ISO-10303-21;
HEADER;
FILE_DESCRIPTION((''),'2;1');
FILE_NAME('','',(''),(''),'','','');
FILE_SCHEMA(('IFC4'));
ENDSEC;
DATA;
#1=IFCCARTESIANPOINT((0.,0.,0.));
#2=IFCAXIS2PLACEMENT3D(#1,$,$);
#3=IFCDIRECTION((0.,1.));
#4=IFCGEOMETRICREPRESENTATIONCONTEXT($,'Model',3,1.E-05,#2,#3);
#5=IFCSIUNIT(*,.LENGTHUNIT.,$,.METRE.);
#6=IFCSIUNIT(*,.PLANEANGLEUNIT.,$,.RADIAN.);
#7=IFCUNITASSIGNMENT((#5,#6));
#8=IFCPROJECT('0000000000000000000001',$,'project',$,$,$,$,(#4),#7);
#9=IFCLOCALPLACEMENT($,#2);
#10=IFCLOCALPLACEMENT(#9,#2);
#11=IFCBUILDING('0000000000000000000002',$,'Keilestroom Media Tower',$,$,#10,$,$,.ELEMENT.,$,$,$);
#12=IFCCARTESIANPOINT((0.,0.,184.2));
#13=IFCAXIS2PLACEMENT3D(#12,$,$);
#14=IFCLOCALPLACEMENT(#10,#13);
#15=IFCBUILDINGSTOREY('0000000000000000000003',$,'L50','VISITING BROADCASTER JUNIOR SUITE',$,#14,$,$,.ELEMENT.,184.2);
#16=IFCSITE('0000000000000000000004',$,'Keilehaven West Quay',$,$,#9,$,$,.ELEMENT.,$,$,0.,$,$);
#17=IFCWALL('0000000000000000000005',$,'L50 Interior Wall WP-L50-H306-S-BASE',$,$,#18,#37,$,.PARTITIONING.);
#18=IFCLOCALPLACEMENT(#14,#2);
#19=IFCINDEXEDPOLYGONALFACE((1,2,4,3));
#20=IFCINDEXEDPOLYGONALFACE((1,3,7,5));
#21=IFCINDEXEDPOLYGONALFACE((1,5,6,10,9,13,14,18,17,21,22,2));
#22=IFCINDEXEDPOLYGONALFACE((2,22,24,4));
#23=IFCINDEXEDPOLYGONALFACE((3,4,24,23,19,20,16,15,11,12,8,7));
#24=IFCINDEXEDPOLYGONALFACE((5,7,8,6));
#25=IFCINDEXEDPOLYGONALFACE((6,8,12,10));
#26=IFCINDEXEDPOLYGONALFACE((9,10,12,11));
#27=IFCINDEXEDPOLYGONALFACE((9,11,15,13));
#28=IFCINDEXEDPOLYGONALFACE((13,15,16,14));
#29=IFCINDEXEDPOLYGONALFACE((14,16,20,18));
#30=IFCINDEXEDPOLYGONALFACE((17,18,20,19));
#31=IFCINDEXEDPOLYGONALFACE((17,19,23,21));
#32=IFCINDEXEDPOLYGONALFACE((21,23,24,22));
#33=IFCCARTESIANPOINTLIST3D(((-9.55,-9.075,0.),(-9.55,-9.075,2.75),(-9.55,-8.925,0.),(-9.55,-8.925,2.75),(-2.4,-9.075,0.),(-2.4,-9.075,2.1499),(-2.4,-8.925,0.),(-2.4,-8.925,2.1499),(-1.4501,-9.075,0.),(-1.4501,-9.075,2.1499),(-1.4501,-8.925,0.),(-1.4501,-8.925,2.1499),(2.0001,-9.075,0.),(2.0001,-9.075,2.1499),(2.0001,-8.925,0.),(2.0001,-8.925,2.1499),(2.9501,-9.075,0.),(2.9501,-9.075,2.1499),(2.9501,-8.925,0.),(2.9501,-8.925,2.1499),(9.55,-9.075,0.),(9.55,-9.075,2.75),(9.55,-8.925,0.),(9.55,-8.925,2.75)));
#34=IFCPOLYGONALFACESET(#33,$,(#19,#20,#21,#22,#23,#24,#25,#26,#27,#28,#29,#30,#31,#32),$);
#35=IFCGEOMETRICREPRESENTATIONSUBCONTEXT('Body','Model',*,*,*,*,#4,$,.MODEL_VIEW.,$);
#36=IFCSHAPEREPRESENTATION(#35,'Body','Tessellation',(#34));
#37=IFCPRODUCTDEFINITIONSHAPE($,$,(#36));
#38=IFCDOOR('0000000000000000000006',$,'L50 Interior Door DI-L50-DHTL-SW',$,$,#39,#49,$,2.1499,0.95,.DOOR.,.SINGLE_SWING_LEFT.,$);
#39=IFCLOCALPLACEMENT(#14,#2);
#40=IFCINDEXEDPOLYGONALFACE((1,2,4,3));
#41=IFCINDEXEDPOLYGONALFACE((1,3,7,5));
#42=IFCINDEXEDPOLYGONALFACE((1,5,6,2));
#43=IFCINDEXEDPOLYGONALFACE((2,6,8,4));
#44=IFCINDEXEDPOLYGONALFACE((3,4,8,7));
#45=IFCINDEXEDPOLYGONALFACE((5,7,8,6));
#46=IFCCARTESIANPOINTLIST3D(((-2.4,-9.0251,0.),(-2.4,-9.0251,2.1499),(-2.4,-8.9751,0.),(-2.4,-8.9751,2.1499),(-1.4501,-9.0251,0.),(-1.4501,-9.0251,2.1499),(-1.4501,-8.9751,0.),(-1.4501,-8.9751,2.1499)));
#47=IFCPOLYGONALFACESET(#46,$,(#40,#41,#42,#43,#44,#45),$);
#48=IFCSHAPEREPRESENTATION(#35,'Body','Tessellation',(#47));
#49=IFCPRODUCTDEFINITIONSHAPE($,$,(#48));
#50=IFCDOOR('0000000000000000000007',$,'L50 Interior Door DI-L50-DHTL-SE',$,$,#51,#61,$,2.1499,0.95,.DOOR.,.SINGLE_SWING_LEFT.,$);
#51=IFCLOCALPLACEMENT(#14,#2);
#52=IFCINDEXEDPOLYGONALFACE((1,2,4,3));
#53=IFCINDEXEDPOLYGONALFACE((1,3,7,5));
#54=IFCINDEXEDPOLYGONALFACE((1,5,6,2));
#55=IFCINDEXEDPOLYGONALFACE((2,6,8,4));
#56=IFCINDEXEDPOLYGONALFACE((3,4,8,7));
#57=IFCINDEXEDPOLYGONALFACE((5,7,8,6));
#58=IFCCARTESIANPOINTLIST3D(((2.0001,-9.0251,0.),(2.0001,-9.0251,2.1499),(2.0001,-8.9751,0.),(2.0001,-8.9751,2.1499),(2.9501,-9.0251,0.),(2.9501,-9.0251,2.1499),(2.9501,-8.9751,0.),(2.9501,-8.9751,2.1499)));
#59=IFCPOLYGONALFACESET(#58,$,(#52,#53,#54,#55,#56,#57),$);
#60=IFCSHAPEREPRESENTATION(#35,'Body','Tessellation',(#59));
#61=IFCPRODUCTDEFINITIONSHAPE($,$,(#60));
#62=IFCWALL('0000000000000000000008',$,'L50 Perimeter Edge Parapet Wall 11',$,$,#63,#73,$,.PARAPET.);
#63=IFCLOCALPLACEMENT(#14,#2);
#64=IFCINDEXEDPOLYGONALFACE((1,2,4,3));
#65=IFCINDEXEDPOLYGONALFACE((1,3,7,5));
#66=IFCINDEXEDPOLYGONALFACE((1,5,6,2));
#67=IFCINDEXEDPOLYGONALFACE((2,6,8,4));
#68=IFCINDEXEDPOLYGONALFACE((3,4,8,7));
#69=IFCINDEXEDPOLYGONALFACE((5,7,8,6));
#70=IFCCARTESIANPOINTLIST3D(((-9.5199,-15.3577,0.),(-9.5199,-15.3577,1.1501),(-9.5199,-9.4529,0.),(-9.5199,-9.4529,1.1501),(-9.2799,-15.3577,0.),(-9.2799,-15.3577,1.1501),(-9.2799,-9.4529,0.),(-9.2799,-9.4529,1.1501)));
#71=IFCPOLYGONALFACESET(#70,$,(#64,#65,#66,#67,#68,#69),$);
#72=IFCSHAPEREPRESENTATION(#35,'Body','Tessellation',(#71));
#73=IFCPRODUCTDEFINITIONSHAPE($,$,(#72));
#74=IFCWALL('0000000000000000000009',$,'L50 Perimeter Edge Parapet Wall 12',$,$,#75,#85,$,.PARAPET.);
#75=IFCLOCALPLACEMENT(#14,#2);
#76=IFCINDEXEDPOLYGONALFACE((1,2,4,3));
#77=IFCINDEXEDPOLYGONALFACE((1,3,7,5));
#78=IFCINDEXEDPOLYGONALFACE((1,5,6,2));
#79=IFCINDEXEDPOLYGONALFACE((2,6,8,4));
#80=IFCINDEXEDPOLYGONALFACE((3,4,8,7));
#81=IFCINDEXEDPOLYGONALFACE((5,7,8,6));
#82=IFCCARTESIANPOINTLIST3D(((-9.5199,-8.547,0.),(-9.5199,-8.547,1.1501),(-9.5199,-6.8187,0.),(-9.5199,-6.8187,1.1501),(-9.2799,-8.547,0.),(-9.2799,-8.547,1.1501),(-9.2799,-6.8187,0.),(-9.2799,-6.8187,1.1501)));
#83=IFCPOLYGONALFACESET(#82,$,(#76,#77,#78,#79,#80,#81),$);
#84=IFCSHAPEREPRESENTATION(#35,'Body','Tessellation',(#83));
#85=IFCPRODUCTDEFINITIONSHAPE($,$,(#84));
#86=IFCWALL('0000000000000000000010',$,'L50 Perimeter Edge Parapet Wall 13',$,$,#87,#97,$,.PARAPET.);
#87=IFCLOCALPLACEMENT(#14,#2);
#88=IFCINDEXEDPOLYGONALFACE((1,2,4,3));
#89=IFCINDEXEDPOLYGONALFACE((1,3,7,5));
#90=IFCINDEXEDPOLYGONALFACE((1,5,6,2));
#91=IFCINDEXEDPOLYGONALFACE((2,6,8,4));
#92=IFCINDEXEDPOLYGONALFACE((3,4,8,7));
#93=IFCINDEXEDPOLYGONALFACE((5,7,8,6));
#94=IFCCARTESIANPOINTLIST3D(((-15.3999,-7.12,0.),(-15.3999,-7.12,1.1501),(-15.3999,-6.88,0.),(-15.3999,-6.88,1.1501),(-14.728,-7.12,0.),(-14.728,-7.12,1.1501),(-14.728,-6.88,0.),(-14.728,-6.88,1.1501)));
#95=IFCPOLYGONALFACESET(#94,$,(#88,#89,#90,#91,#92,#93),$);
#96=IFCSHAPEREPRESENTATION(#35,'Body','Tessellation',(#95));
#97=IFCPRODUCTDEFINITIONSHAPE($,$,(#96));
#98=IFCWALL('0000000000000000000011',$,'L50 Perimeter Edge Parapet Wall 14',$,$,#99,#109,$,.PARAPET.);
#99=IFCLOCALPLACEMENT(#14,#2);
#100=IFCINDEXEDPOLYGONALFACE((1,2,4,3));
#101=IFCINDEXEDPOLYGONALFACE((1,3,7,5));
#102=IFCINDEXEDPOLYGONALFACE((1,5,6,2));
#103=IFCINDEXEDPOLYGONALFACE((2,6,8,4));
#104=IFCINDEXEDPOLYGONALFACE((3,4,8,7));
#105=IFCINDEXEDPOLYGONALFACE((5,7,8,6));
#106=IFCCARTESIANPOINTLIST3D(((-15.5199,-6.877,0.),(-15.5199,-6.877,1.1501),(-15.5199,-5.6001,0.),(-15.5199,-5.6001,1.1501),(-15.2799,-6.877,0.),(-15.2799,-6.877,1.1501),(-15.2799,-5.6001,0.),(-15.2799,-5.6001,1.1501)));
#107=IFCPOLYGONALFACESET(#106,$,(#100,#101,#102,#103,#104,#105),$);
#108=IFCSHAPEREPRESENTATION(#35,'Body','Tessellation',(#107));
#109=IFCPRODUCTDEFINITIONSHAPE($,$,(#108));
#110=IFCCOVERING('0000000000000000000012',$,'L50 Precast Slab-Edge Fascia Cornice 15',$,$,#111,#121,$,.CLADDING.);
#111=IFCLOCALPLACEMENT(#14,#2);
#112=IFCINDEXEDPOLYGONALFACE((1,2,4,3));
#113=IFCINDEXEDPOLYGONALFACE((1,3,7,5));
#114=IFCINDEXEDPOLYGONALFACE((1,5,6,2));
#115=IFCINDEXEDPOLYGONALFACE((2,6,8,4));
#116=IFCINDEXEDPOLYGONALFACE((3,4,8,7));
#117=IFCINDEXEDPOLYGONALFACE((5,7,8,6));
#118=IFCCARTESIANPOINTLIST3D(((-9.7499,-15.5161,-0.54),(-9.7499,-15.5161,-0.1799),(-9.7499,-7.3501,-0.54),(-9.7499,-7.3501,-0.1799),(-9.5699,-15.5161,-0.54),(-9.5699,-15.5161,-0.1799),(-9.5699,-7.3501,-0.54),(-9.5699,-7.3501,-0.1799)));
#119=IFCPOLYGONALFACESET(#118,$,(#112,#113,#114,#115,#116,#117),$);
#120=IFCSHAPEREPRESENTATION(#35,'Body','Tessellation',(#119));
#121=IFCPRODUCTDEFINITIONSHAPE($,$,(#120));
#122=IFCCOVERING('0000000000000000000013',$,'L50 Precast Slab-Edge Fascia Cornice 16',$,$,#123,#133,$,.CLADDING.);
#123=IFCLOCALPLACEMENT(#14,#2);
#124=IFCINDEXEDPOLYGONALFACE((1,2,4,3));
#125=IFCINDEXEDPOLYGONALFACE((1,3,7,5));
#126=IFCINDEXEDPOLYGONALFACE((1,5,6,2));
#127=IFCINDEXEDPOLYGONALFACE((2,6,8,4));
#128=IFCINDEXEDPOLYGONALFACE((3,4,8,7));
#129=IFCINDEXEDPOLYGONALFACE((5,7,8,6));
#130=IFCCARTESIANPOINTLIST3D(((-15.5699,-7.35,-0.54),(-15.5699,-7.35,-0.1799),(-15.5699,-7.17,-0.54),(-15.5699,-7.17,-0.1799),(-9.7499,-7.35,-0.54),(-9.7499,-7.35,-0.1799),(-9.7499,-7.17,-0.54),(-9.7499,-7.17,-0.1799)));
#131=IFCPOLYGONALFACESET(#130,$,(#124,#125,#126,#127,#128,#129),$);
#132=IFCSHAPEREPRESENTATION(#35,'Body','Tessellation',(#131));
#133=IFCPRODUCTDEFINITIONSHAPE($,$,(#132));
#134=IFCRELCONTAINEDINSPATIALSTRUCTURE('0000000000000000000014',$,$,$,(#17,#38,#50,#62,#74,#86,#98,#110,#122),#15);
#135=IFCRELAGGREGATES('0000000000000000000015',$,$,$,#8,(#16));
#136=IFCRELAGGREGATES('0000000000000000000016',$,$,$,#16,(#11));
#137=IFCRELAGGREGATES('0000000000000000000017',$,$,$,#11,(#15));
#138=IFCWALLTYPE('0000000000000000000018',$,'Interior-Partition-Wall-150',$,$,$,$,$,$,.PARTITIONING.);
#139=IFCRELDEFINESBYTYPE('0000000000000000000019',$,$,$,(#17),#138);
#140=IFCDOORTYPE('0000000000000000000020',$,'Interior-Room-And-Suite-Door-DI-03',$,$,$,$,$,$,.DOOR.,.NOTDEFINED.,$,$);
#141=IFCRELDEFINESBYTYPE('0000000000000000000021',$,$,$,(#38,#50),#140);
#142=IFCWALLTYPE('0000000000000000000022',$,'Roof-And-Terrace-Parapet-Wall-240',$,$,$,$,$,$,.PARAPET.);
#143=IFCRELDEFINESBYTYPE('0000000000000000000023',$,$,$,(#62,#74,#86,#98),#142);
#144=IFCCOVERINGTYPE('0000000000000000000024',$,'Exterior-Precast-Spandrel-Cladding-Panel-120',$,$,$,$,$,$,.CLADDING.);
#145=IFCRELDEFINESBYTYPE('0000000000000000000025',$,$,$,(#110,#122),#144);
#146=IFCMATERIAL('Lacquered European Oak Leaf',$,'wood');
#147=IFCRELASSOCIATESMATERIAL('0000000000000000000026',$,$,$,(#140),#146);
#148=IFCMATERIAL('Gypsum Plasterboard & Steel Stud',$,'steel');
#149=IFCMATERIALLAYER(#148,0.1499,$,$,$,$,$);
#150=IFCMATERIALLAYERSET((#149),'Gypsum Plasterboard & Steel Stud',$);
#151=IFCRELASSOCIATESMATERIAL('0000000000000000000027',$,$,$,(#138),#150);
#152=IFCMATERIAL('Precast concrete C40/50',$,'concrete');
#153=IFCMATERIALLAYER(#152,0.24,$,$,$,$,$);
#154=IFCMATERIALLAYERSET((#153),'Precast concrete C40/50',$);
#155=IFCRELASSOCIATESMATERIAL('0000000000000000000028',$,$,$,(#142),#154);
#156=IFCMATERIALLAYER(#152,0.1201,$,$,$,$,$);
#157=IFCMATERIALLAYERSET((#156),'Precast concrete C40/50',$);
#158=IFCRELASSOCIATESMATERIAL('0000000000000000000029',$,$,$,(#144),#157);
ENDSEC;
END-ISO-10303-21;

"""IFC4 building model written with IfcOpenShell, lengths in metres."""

from ifc_helpers import new_model, si_unit, direction, frame, frame_2d, origin, origin_2d, place, context, subcontext, project, spatial, rectangle, extrude, source, transform, mapped, material, layer, layer_set, type_object, element, fill, save


model = new_model("IFC4")

# Units and contexts
model_context = context("Model", 3, precision=1e-05, world=origin(), true_north=direction((0.0, 1.0)))
body_context = subcontext(model_context, "Body", "Model", "MODEL_VIEW")
ifc_project = project(units=[si_unit("LENGTHUNIT", "METRE"), si_unit("PLANEANGLEUNIT", "RADIAN")], contexts=[model_context])

# Site, building, storey
site_placement = place(None, origin())
site = spatial("IfcSite", under=ifc_project, at=site_placement, Name="Keilehaven West Quay", CompositionType="ELEMENT", RefElevation=0.0)
building_placement = place(site_placement, origin())
building = spatial("IfcBuilding", under=site, at=building_placement, Name="Keilestroom Media Tower", CompositionType="ELEMENT")
storey_placement = place(building_placement, frame((0.0, 0.0, 184.2)))
storey = spatial("IfcBuildingStorey", under=building, at=storey_placement, Name="L50", Description="VISITING BROADCASTER JUNIOR SUITE", CompositionType="ELEMENT", Elevation=184.2)

# Shared definitions
ifc_material_1 = material(Name="Precast concrete C40/50", Category="concrete")

# Shared definitions
ifc_material_2 = material(Name="Gypsum Plasterboard & Steel Stud", Category="steel")

# Shared definitions
ifc_material_3 = material(Name="Lacquered European Oak Leaf", Category="wood")
door_type_1 = type_object("IfcDoorType", Name="Interior-Room-And-Suite-Door-DI-03", OperationType="NOTDEFINED", PredefinedType="DOOR", material=ifc_material_3)
shared_shape_1 = source(origin(), body_context, "Body", "SweptSolid", [
    extrude(rectangle(XDim=0.95, YDim=2.1499, at=frame_2d((0.4751, 1.075))), frame((0.0, 0.0249, 0.0), z_axis=(0.0, -1.0, 0.0), x_axis=(1.0, 0.0, 0.0)), (0.0, 0.0, 1.0), 0.05),
])

# Wall, openings, doors
ifc_layer_1 = layer(ifc_material_2, 0.1499)
ifc_layer_set_1 = layer_set([ifc_layer_1], Name="Gypsum Plasterboard & Steel Stud")
wall_type_1 = type_object("IfcWallType", Name="Interior-Partition-Wall-150", PredefinedType="PARTITIONING", material=ifc_layer_set_1)
wall_1_placement = place(storey_placement, frame((-9.55, -9.0, 0.0), z_axis=(0.0, 0.0, 1.0), x_axis=(1.0, 0.0, 0.0)))
wall_1 = element("IfcWall", 1, at=wall_1_placement, inside=storey, type_object=wall_type_1, Name="L50 Interior Wall WP-L50-H306-S-BASE", PredefinedType="PARTITIONING", context=body_context, shape_type="SweptSolid", body=[
    extrude(rectangle(XDim=19.1001, YDim=0.1499, at=frame_2d((9.55, 0.0))), origin(), (0.0, 0.0, 1.0), 2.75),
])
opening_1_placement = place(wall_1_placement, frame((7.1499, 0.0, 0.0)))
opening_1 = element("IfcOpeningElement", 2, at=opening_1_placement, cuts=wall_1, PredefinedType="OPENING", context=body_context, shape_type="SweptSolid", body=[
    extrude(rectangle(XDim=0.95, YDim=2.1499, at=frame_2d((0.4751, 1.075))), frame((0.0, 0.085, 0.0), z_axis=(0.0, -1.0, 0.0), x_axis=(1.0, 0.0, 0.0)), (0.0, 0.0, 1.0), 0.1699),
])
opening_2_placement = place(wall_1_placement, frame((11.55, 0.0, 0.0)))
opening_2 = element("IfcOpeningElement", 3, at=opening_2_placement, cuts=wall_1, PredefinedType="OPENING", context=body_context, shape_type="SweptSolid", body=[
    extrude(rectangle(XDim=0.95, YDim=2.1499, at=frame_2d((0.4751, 1.075))), frame((0.0, 0.085, 0.0), z_axis=(0.0, -1.0, 0.0), x_axis=(1.0, 0.0, 0.0)), (0.0, 0.0, 1.0), 0.1699),
])
door_1_placement = place(opening_1_placement, origin())
door_1 = element("IfcDoor", 4, at=door_1_placement, inside=storey, type_object=door_type_1, Name="L50 Interior Door DI-L50-DHTL-SW", OperationType="SINGLE_SWING_LEFT", OverallHeight=2.1499, OverallWidth=0.95, PredefinedType="DOOR", context=body_context, shape_type="MappedRepresentation", body=[
    mapped(shared_shape_1, transform((0.0, 0.0, 0.0), x_axis=(1.0, 0.0, 0.0), y_axis=(0.0, 1.0, 0.0), z_axis=(0.0, 0.0, 1.0), scale=1.0)),
])
fill(opening_1, door_1)
door_2_placement = place(opening_2_placement, origin())
door_2 = element("IfcDoor", 5, at=door_2_placement, inside=storey, type_object=door_type_1, Name="L50 Interior Door DI-L50-DHTL-SE", OperationType="SINGLE_SWING_LEFT", OverallHeight=2.1499, OverallWidth=0.95, PredefinedType="DOOR", context=body_context, shape_type="MappedRepresentation", body=[
    mapped(shared_shape_1, transform((0.0, 0.0, 0.0), x_axis=(1.0, 0.0, 0.0), y_axis=(0.0, 1.0, 0.0), z_axis=(0.0, 0.0, 1.0), scale=1.0)),
])
fill(opening_2, door_2)

# Walls
ifc_layer_2 = layer(ifc_material_1, 0.24)
ifc_layer_set_2 = layer_set([ifc_layer_2], Name="Precast concrete C40/50")
wall_type_2 = type_object("IfcWallType", Name="Roof-And-Terrace-Parapet-Wall-240", PredefinedType="PARAPET", material=ifc_layer_set_2)
wall_2_placement = place(storey_placement, frame((-9.3999, -15.3577, 0.0), z_axis=(0.0, 0.0, 1.0), x_axis=(0.0, 1.0, 0.0)))
element("IfcWall", 6, at=wall_2_placement, inside=storey, type_object=wall_type_2, Name="L50 Perimeter Edge Parapet Wall 11", PredefinedType="PARAPET", context=body_context, shape_type="SweptSolid", body=[
    extrude(rectangle(XDim=5.9048, YDim=0.24, at=frame_2d((2.9524, 0.0))), origin(), (0.0, 0.0, 1.0), 1.1501),
])
wall_3_placement = place(storey_placement, frame((-9.3999, -8.5471, 0.0), z_axis=(0.0, 0.0, 1.0), x_axis=(0.0, 1.0, 0.0)))
element("IfcWall", 7, at=wall_3_placement, inside=storey, type_object=wall_type_2, Name="L50 Perimeter Edge Parapet Wall 12", PredefinedType="PARAPET", context=body_context, shape_type="SweptSolid", body=[
    extrude(rectangle(XDim=1.7283, YDim=0.24, at=frame_2d((0.8643, 0.0))), origin(), (0.0, 0.0, 1.0), 1.1501),
])
wall_4_placement = place(storey_placement, frame((-14.728, -7.0, 0.0), z_axis=(0.0, 0.0, 1.0), x_axis=(-1.0, 0.0, 0.0)))
element("IfcWall", 8, at=wall_4_placement, inside=storey, type_object=wall_type_2, Name="L50 Perimeter Edge Parapet Wall 13", PredefinedType="PARAPET", context=body_context, shape_type="SweptSolid", body=[
    extrude(rectangle(XDim=0.6719, YDim=0.24, at=frame_2d((0.3359, 0.0))), origin(), (0.0, 0.0, 1.0), 1.1501),
])
wall_5_placement = place(storey_placement, frame((-15.3999, -6.877, 0.0), z_axis=(0.0, 0.0, 1.0), x_axis=(0.0, 1.0, 0.0)))
element("IfcWall", 9, at=wall_5_placement, inside=storey, type_object=wall_type_2, Name="L50 Perimeter Edge Parapet Wall 14", PredefinedType="PARAPET", context=body_context, shape_type="SweptSolid", body=[
    extrude(rectangle(XDim=1.2769, YDim=0.24, at=frame_2d((0.6384, 0.0))), origin(), (0.0, 0.0, 1.0), 1.1501),
])

# Coverings
ifc_layer_3 = layer(ifc_material_1, 0.1201)
ifc_layer_set_3 = layer_set([ifc_layer_3], Name="Precast concrete C40/50")
covering_type = type_object("IfcCoveringType", Name="Exterior-Precast-Spandrel-Cladding-Panel-120", PredefinedType="CLADDING", material=ifc_layer_set_3)
shared_shape_2 = source(origin(), body_context, "Body", "SweptSolid", [
    extrude(rectangle(XDim=8.166, YDim=0.1799, at=origin_2d()), origin(), (0.0, 0.0, 1.0), 0.3601),
])
covering_1_placement = place(storey_placement, frame((-9.6599, -11.4331, -0.54), z_axis=(0.0, 0.0, 1.0), x_axis=(0.0, 1.0, 0.0)))
element("IfcCovering", 10, at=covering_1_placement, inside=storey, type_object=covering_type, Name="L50 Precast Slab-Edge Fascia Cornice 15", PredefinedType="CLADDING", context=body_context, shape_type="MappedRepresentation", body=[
    mapped(shared_shape_2, transform((0.0, 0.0, 0.0), x_axis=(1.0, 0.0, 0.0), y_axis=(0.0, 1.0, 0.0), z_axis=(0.0, 0.0, 1.0), scale=1.0)),
])
shared_shape_3 = source(origin(), body_context, "Body", "SweptSolid", [
    extrude(rectangle(XDim=5.8201, YDim=0.1799, at=origin_2d()), origin(), (0.0, 0.0, 1.0), 0.3601),
])
covering_2_placement = place(storey_placement, frame((-12.6599, -7.26, -0.54), z_axis=(0.0, 0.0, 1.0), x_axis=(-1.0, 0.0, 0.0)))
element("IfcCovering", 11, at=covering_2_placement, inside=storey, type_object=covering_type, Name="L50 Precast Slab-Edge Fascia Cornice 16", PredefinedType="CLADDING", context=body_context, shape_type="MappedRepresentation", body=[
    mapped(shared_shape_3, transform((0.0, 0.0, 0.0), x_axis=(1.0, 0.0, 0.0), y_axis=(0.0, 1.0, 0.0), z_axis=(0.0, 0.0, 1.0), scale=1.0)),
])

save(model, "model.ifc")
